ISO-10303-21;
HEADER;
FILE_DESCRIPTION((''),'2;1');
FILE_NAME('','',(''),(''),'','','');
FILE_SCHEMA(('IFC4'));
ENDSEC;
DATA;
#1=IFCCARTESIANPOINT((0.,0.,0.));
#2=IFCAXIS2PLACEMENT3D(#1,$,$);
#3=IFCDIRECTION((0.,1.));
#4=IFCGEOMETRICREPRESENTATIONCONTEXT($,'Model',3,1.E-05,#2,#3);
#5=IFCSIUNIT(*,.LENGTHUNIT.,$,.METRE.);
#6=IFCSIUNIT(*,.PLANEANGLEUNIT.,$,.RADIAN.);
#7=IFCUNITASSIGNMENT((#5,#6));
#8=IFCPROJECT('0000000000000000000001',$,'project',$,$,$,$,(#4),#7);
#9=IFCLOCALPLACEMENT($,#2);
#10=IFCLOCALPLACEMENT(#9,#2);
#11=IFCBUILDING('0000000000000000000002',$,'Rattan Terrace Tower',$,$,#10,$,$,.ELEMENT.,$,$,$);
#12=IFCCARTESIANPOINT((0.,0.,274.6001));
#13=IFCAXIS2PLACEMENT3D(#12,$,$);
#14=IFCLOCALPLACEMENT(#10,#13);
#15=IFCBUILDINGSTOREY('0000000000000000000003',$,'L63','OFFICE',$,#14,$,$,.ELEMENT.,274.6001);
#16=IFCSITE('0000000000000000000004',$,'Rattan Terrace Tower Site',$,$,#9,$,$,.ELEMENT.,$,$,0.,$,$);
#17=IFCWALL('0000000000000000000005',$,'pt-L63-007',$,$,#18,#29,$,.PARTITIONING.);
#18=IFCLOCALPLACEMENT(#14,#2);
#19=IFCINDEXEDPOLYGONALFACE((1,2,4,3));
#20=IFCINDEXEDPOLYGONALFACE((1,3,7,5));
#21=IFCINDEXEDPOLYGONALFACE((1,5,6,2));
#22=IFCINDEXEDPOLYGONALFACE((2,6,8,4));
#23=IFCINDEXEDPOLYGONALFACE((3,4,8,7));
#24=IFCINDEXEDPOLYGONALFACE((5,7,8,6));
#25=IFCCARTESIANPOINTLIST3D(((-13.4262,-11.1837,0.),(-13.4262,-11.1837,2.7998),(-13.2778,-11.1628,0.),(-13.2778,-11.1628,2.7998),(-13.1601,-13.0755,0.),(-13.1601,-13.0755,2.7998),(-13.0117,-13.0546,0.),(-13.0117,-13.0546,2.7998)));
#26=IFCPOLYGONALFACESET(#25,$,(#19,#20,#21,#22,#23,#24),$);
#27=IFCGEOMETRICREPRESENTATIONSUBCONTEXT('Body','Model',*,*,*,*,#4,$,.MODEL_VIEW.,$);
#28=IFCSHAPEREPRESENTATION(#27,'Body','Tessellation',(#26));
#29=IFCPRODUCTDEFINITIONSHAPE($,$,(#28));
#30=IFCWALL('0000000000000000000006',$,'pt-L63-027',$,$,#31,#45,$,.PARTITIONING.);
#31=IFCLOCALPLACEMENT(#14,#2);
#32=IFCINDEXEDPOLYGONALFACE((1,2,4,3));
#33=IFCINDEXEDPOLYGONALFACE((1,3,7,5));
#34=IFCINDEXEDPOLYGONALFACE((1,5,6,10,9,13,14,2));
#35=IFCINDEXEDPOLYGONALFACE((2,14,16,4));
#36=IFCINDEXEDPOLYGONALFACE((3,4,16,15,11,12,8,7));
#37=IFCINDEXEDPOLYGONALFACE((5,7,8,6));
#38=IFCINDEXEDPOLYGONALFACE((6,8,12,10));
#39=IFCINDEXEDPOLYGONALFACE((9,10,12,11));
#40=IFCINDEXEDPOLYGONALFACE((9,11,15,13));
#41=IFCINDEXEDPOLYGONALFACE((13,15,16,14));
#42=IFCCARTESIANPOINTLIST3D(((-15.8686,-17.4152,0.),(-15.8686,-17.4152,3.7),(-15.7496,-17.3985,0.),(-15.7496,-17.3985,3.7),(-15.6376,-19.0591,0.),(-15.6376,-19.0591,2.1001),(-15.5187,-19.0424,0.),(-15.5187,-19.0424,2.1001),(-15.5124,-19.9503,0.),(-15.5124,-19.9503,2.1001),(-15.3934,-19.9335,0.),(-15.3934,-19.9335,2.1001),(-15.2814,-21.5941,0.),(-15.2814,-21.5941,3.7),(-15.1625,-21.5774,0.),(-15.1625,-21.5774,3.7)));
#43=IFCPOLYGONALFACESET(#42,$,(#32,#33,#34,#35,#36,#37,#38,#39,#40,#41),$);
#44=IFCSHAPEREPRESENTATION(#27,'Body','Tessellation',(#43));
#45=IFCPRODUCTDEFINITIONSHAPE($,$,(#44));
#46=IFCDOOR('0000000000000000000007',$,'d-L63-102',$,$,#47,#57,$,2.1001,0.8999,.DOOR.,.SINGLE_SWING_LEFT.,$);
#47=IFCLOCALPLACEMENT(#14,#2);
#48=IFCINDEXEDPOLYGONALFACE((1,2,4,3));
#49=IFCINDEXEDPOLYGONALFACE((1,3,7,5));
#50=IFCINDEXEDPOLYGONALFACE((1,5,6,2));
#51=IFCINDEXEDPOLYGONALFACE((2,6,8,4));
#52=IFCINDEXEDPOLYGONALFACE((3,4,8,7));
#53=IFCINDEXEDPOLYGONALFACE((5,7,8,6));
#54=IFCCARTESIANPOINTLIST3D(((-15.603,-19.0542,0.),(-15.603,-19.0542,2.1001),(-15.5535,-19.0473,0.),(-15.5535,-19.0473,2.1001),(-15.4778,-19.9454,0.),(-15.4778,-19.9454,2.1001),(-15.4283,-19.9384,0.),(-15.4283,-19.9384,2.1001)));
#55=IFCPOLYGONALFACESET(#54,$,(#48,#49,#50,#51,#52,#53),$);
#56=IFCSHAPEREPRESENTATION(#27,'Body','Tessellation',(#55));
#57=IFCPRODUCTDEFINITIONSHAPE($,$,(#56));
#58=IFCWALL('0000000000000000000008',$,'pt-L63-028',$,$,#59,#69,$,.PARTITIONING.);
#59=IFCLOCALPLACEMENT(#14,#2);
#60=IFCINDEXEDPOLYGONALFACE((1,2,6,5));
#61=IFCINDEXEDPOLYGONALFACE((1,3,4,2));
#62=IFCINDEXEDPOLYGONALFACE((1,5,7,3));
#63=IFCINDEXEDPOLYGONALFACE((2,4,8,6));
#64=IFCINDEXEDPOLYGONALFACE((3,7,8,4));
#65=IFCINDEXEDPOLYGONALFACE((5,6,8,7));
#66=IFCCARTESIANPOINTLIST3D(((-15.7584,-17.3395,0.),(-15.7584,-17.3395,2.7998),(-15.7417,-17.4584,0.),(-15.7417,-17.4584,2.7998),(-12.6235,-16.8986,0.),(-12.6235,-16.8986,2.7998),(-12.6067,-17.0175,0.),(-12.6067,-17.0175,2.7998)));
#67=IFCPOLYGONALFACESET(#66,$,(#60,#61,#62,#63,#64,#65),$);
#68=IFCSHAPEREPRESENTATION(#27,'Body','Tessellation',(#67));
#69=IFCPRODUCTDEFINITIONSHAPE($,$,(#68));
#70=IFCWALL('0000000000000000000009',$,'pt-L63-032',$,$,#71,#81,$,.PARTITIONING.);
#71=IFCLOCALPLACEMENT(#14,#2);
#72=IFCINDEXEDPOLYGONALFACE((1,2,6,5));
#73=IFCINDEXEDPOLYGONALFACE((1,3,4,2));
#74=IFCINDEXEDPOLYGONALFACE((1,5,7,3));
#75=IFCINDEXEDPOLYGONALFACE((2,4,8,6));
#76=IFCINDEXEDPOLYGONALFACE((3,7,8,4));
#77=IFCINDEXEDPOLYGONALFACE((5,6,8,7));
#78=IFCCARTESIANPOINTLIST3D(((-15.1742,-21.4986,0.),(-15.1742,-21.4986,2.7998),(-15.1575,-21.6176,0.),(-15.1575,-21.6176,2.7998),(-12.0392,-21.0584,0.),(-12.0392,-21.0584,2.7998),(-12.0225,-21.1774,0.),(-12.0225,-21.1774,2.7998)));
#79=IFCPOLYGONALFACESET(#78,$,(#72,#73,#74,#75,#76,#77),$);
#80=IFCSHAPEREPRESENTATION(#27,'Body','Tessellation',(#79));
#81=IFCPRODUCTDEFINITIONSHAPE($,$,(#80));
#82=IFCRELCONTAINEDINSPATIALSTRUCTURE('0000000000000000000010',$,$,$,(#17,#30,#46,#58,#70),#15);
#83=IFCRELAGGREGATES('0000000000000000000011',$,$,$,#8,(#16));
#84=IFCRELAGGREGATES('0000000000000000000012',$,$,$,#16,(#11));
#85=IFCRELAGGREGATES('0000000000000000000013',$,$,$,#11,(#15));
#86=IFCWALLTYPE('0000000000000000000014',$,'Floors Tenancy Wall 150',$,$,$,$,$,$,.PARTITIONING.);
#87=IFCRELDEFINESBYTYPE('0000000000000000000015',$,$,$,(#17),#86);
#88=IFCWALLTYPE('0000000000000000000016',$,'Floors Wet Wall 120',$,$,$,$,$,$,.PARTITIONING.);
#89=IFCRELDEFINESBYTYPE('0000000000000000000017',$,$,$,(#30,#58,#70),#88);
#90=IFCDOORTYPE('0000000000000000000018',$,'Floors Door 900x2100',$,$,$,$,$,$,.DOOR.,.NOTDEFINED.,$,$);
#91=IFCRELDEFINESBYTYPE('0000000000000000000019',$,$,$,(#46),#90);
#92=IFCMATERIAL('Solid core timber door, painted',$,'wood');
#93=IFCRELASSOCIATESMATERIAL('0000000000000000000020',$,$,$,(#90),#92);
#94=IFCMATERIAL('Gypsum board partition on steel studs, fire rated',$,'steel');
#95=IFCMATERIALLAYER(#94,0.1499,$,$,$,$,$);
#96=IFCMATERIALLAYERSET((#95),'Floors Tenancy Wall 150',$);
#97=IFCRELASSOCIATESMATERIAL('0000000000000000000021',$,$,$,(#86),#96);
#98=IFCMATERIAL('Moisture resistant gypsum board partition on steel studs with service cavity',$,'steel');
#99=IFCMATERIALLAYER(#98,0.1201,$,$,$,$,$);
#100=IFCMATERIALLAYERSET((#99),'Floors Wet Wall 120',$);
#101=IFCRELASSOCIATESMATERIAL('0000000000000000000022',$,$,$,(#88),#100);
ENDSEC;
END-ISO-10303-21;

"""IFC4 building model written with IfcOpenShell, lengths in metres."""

from ifc_helpers import new_model, si_unit, direction, frame, frame_2d, origin, place, context, subcontext, project, spatial, rectangle, extrude, material, layer, layer_set, type_object, element, fill, save


model = new_model("IFC4")

# Units and contexts
model_context = context("Model", 3, precision=1e-05, world=origin(), true_north=direction((0.0, 1.0)))
body_context = subcontext(model_context, "Body", "Model", "MODEL_VIEW")
ifc_project = project(units=[si_unit("LENGTHUNIT", "METRE"), si_unit("PLANEANGLEUNIT", "RADIAN")], contexts=[model_context])

# Site, building, storey
site_placement = place(None, origin())
site = spatial("IfcSite", under=ifc_project, at=site_placement, Name="Rattan Terrace Tower Site", CompositionType="ELEMENT", RefElevation=0.0)
building_placement = place(site_placement, origin())
building = spatial("IfcBuilding", under=site, at=building_placement, Name="Rattan Terrace Tower", CompositionType="ELEMENT")
storey_placement = place(building_placement, frame((0.0, 0.0, 274.6001)))
storey = spatial("IfcBuildingStorey", under=building, at=storey_placement, Name="L63", Description="OFFICE", CompositionType="ELEMENT", Elevation=274.6001)

# Shared definitions
ifc_material_1 = material(Name="Solid core timber door, painted", Category="wood")
door_type_1 = type_object("IfcDoorType", Name="Floors Door 900x2100", OperationType="NOTDEFINED", PredefinedType="DOOR", material=ifc_material_1)
ifc_material_2 = material(Name="Gypsum board partition on steel studs, fire rated", Category="steel")
ifc_layer_1 = layer(ifc_material_2, 0.1499)
ifc_layer_set_1 = layer_set([ifc_layer_1], Name="Floors Tenancy Wall 150")
wall_type_1 = type_object("IfcWallType", Name="Floors Tenancy Wall 150", PredefinedType="PARTITIONING", material=ifc_layer_set_1)

# Wall
wall_1_placement = place(storey_placement, frame((-13.0859, -13.0649, 0.0), z_axis=(0.0, 0.0, 1.0), x_axis=(-0.139292, 0.990251, 0.0)))
element("IfcWall", 1, at=wall_1_placement, inside=storey, type_object=wall_type_1, Name="pt-L63-007", PredefinedType="PARTITIONING", context=body_context, shape_type="SweptSolid", body=[
    extrude(rectangle(XDim=1.9104, YDim=0.1499, at=frame_2d((0.9551, 0.0))), origin(), (0.0, 0.0, 1.0), 2.7998),
])

# Wall, opening, door
ifc_material_3 = material(Name="Moisture resistant gypsum board partition on steel studs with service cavity", Category="steel")
ifc_layer_2 = layer(ifc_material_3, 0.1201)
ifc_layer_set_2 = layer_set([ifc_layer_2], Name="Floors Wet Wall 120")
wall_type_2 = type_object("IfcWallType", Name="Floors Wet Wall 120", PredefinedType="PARTITIONING", material=ifc_layer_set_2)
wall_2_placement = place(storey_placement, frame((-15.8091, -17.407, 0.0), z_axis=(0.0, 0.0, 1.0), x_axis=(0.139137, -0.990273, 0.0)))
wall_2 = element("IfcWall", 2, at=wall_2_placement, inside=storey, type_object=wall_type_2, Name="pt-L63-027", PredefinedType="PARTITIONING", context=body_context, shape_type="SweptSolid", body=[
    extrude(rectangle(XDim=4.22, YDim=0.1201, at=frame_2d((2.1099, 0.0))), origin(), (0.0, 0.0, 1.0), 3.7),
])
opening_1_placement = place(wall_2_placement, frame((1.6599, 0.0, 0.0)))
opening_1 = element("IfcOpeningElement", 3, at=opening_1_placement, cuts=wall_2, PredefinedType="OPENING", context=body_context, shape_type="SweptSolid", body=[
    extrude(rectangle(XDim=0.8999, YDim=2.1001, at=frame_2d((0.45, 1.05))), frame((0.0, 0.0706, 0.0), z_axis=(0.0, -1.0, 0.0), x_axis=(1.0, 0.0, 0.0)), (0.0, 0.0, 1.0), 0.1411),
])
door_1_placement = place(opening_1_placement, origin())
door_1 = element("IfcDoor", 4, at=door_1_placement, inside=storey, type_object=door_type_1, Name="d-L63-102", OperationType="SINGLE_SWING_LEFT", OverallHeight=2.1001, OverallWidth=0.8999, PredefinedType="DOOR", context=body_context, shape_type="SweptSolid", body=[
    extrude(rectangle(XDim=0.8999, YDim=2.1001, at=frame_2d((0.45, 1.05))), frame((0.0, 0.0249, 0.0), z_axis=(0.0, -1.0, 0.0), x_axis=(1.0, 0.0, 0.0)), (0.0, 0.0, 1.0), 0.05),
])
fill(opening_1, door_1)

# Walls
for number, where, z_axis, x_axis, name in (
    (5, (-12.615, -16.958, 0.0), (0.0, 0.0, 1.0), (-0.990254, -0.139273, 0.0), "pt-L63-028"),
    (6, (-15.166, -21.5581, 0.0), (0.0, 0.0, 1.0), (0.990286, 0.139046, 0.0), "pt-L63-032"),
):
    element("IfcWall", number, at=place(storey_placement, frame(where, z_axis=z_axis, x_axis=x_axis)), inside=storey, type_object=wall_type_2, Name=name, PredefinedType="PARTITIONING", context=body_context, shape_type="SweptSolid", body=[
        extrude(rectangle(XDim=3.1658, YDim=0.1201, at=frame_2d((1.583, 0.0))), origin(), (0.0, 0.0, 1.0), 2.7998),
    ])

save(model, "model.ifc")
